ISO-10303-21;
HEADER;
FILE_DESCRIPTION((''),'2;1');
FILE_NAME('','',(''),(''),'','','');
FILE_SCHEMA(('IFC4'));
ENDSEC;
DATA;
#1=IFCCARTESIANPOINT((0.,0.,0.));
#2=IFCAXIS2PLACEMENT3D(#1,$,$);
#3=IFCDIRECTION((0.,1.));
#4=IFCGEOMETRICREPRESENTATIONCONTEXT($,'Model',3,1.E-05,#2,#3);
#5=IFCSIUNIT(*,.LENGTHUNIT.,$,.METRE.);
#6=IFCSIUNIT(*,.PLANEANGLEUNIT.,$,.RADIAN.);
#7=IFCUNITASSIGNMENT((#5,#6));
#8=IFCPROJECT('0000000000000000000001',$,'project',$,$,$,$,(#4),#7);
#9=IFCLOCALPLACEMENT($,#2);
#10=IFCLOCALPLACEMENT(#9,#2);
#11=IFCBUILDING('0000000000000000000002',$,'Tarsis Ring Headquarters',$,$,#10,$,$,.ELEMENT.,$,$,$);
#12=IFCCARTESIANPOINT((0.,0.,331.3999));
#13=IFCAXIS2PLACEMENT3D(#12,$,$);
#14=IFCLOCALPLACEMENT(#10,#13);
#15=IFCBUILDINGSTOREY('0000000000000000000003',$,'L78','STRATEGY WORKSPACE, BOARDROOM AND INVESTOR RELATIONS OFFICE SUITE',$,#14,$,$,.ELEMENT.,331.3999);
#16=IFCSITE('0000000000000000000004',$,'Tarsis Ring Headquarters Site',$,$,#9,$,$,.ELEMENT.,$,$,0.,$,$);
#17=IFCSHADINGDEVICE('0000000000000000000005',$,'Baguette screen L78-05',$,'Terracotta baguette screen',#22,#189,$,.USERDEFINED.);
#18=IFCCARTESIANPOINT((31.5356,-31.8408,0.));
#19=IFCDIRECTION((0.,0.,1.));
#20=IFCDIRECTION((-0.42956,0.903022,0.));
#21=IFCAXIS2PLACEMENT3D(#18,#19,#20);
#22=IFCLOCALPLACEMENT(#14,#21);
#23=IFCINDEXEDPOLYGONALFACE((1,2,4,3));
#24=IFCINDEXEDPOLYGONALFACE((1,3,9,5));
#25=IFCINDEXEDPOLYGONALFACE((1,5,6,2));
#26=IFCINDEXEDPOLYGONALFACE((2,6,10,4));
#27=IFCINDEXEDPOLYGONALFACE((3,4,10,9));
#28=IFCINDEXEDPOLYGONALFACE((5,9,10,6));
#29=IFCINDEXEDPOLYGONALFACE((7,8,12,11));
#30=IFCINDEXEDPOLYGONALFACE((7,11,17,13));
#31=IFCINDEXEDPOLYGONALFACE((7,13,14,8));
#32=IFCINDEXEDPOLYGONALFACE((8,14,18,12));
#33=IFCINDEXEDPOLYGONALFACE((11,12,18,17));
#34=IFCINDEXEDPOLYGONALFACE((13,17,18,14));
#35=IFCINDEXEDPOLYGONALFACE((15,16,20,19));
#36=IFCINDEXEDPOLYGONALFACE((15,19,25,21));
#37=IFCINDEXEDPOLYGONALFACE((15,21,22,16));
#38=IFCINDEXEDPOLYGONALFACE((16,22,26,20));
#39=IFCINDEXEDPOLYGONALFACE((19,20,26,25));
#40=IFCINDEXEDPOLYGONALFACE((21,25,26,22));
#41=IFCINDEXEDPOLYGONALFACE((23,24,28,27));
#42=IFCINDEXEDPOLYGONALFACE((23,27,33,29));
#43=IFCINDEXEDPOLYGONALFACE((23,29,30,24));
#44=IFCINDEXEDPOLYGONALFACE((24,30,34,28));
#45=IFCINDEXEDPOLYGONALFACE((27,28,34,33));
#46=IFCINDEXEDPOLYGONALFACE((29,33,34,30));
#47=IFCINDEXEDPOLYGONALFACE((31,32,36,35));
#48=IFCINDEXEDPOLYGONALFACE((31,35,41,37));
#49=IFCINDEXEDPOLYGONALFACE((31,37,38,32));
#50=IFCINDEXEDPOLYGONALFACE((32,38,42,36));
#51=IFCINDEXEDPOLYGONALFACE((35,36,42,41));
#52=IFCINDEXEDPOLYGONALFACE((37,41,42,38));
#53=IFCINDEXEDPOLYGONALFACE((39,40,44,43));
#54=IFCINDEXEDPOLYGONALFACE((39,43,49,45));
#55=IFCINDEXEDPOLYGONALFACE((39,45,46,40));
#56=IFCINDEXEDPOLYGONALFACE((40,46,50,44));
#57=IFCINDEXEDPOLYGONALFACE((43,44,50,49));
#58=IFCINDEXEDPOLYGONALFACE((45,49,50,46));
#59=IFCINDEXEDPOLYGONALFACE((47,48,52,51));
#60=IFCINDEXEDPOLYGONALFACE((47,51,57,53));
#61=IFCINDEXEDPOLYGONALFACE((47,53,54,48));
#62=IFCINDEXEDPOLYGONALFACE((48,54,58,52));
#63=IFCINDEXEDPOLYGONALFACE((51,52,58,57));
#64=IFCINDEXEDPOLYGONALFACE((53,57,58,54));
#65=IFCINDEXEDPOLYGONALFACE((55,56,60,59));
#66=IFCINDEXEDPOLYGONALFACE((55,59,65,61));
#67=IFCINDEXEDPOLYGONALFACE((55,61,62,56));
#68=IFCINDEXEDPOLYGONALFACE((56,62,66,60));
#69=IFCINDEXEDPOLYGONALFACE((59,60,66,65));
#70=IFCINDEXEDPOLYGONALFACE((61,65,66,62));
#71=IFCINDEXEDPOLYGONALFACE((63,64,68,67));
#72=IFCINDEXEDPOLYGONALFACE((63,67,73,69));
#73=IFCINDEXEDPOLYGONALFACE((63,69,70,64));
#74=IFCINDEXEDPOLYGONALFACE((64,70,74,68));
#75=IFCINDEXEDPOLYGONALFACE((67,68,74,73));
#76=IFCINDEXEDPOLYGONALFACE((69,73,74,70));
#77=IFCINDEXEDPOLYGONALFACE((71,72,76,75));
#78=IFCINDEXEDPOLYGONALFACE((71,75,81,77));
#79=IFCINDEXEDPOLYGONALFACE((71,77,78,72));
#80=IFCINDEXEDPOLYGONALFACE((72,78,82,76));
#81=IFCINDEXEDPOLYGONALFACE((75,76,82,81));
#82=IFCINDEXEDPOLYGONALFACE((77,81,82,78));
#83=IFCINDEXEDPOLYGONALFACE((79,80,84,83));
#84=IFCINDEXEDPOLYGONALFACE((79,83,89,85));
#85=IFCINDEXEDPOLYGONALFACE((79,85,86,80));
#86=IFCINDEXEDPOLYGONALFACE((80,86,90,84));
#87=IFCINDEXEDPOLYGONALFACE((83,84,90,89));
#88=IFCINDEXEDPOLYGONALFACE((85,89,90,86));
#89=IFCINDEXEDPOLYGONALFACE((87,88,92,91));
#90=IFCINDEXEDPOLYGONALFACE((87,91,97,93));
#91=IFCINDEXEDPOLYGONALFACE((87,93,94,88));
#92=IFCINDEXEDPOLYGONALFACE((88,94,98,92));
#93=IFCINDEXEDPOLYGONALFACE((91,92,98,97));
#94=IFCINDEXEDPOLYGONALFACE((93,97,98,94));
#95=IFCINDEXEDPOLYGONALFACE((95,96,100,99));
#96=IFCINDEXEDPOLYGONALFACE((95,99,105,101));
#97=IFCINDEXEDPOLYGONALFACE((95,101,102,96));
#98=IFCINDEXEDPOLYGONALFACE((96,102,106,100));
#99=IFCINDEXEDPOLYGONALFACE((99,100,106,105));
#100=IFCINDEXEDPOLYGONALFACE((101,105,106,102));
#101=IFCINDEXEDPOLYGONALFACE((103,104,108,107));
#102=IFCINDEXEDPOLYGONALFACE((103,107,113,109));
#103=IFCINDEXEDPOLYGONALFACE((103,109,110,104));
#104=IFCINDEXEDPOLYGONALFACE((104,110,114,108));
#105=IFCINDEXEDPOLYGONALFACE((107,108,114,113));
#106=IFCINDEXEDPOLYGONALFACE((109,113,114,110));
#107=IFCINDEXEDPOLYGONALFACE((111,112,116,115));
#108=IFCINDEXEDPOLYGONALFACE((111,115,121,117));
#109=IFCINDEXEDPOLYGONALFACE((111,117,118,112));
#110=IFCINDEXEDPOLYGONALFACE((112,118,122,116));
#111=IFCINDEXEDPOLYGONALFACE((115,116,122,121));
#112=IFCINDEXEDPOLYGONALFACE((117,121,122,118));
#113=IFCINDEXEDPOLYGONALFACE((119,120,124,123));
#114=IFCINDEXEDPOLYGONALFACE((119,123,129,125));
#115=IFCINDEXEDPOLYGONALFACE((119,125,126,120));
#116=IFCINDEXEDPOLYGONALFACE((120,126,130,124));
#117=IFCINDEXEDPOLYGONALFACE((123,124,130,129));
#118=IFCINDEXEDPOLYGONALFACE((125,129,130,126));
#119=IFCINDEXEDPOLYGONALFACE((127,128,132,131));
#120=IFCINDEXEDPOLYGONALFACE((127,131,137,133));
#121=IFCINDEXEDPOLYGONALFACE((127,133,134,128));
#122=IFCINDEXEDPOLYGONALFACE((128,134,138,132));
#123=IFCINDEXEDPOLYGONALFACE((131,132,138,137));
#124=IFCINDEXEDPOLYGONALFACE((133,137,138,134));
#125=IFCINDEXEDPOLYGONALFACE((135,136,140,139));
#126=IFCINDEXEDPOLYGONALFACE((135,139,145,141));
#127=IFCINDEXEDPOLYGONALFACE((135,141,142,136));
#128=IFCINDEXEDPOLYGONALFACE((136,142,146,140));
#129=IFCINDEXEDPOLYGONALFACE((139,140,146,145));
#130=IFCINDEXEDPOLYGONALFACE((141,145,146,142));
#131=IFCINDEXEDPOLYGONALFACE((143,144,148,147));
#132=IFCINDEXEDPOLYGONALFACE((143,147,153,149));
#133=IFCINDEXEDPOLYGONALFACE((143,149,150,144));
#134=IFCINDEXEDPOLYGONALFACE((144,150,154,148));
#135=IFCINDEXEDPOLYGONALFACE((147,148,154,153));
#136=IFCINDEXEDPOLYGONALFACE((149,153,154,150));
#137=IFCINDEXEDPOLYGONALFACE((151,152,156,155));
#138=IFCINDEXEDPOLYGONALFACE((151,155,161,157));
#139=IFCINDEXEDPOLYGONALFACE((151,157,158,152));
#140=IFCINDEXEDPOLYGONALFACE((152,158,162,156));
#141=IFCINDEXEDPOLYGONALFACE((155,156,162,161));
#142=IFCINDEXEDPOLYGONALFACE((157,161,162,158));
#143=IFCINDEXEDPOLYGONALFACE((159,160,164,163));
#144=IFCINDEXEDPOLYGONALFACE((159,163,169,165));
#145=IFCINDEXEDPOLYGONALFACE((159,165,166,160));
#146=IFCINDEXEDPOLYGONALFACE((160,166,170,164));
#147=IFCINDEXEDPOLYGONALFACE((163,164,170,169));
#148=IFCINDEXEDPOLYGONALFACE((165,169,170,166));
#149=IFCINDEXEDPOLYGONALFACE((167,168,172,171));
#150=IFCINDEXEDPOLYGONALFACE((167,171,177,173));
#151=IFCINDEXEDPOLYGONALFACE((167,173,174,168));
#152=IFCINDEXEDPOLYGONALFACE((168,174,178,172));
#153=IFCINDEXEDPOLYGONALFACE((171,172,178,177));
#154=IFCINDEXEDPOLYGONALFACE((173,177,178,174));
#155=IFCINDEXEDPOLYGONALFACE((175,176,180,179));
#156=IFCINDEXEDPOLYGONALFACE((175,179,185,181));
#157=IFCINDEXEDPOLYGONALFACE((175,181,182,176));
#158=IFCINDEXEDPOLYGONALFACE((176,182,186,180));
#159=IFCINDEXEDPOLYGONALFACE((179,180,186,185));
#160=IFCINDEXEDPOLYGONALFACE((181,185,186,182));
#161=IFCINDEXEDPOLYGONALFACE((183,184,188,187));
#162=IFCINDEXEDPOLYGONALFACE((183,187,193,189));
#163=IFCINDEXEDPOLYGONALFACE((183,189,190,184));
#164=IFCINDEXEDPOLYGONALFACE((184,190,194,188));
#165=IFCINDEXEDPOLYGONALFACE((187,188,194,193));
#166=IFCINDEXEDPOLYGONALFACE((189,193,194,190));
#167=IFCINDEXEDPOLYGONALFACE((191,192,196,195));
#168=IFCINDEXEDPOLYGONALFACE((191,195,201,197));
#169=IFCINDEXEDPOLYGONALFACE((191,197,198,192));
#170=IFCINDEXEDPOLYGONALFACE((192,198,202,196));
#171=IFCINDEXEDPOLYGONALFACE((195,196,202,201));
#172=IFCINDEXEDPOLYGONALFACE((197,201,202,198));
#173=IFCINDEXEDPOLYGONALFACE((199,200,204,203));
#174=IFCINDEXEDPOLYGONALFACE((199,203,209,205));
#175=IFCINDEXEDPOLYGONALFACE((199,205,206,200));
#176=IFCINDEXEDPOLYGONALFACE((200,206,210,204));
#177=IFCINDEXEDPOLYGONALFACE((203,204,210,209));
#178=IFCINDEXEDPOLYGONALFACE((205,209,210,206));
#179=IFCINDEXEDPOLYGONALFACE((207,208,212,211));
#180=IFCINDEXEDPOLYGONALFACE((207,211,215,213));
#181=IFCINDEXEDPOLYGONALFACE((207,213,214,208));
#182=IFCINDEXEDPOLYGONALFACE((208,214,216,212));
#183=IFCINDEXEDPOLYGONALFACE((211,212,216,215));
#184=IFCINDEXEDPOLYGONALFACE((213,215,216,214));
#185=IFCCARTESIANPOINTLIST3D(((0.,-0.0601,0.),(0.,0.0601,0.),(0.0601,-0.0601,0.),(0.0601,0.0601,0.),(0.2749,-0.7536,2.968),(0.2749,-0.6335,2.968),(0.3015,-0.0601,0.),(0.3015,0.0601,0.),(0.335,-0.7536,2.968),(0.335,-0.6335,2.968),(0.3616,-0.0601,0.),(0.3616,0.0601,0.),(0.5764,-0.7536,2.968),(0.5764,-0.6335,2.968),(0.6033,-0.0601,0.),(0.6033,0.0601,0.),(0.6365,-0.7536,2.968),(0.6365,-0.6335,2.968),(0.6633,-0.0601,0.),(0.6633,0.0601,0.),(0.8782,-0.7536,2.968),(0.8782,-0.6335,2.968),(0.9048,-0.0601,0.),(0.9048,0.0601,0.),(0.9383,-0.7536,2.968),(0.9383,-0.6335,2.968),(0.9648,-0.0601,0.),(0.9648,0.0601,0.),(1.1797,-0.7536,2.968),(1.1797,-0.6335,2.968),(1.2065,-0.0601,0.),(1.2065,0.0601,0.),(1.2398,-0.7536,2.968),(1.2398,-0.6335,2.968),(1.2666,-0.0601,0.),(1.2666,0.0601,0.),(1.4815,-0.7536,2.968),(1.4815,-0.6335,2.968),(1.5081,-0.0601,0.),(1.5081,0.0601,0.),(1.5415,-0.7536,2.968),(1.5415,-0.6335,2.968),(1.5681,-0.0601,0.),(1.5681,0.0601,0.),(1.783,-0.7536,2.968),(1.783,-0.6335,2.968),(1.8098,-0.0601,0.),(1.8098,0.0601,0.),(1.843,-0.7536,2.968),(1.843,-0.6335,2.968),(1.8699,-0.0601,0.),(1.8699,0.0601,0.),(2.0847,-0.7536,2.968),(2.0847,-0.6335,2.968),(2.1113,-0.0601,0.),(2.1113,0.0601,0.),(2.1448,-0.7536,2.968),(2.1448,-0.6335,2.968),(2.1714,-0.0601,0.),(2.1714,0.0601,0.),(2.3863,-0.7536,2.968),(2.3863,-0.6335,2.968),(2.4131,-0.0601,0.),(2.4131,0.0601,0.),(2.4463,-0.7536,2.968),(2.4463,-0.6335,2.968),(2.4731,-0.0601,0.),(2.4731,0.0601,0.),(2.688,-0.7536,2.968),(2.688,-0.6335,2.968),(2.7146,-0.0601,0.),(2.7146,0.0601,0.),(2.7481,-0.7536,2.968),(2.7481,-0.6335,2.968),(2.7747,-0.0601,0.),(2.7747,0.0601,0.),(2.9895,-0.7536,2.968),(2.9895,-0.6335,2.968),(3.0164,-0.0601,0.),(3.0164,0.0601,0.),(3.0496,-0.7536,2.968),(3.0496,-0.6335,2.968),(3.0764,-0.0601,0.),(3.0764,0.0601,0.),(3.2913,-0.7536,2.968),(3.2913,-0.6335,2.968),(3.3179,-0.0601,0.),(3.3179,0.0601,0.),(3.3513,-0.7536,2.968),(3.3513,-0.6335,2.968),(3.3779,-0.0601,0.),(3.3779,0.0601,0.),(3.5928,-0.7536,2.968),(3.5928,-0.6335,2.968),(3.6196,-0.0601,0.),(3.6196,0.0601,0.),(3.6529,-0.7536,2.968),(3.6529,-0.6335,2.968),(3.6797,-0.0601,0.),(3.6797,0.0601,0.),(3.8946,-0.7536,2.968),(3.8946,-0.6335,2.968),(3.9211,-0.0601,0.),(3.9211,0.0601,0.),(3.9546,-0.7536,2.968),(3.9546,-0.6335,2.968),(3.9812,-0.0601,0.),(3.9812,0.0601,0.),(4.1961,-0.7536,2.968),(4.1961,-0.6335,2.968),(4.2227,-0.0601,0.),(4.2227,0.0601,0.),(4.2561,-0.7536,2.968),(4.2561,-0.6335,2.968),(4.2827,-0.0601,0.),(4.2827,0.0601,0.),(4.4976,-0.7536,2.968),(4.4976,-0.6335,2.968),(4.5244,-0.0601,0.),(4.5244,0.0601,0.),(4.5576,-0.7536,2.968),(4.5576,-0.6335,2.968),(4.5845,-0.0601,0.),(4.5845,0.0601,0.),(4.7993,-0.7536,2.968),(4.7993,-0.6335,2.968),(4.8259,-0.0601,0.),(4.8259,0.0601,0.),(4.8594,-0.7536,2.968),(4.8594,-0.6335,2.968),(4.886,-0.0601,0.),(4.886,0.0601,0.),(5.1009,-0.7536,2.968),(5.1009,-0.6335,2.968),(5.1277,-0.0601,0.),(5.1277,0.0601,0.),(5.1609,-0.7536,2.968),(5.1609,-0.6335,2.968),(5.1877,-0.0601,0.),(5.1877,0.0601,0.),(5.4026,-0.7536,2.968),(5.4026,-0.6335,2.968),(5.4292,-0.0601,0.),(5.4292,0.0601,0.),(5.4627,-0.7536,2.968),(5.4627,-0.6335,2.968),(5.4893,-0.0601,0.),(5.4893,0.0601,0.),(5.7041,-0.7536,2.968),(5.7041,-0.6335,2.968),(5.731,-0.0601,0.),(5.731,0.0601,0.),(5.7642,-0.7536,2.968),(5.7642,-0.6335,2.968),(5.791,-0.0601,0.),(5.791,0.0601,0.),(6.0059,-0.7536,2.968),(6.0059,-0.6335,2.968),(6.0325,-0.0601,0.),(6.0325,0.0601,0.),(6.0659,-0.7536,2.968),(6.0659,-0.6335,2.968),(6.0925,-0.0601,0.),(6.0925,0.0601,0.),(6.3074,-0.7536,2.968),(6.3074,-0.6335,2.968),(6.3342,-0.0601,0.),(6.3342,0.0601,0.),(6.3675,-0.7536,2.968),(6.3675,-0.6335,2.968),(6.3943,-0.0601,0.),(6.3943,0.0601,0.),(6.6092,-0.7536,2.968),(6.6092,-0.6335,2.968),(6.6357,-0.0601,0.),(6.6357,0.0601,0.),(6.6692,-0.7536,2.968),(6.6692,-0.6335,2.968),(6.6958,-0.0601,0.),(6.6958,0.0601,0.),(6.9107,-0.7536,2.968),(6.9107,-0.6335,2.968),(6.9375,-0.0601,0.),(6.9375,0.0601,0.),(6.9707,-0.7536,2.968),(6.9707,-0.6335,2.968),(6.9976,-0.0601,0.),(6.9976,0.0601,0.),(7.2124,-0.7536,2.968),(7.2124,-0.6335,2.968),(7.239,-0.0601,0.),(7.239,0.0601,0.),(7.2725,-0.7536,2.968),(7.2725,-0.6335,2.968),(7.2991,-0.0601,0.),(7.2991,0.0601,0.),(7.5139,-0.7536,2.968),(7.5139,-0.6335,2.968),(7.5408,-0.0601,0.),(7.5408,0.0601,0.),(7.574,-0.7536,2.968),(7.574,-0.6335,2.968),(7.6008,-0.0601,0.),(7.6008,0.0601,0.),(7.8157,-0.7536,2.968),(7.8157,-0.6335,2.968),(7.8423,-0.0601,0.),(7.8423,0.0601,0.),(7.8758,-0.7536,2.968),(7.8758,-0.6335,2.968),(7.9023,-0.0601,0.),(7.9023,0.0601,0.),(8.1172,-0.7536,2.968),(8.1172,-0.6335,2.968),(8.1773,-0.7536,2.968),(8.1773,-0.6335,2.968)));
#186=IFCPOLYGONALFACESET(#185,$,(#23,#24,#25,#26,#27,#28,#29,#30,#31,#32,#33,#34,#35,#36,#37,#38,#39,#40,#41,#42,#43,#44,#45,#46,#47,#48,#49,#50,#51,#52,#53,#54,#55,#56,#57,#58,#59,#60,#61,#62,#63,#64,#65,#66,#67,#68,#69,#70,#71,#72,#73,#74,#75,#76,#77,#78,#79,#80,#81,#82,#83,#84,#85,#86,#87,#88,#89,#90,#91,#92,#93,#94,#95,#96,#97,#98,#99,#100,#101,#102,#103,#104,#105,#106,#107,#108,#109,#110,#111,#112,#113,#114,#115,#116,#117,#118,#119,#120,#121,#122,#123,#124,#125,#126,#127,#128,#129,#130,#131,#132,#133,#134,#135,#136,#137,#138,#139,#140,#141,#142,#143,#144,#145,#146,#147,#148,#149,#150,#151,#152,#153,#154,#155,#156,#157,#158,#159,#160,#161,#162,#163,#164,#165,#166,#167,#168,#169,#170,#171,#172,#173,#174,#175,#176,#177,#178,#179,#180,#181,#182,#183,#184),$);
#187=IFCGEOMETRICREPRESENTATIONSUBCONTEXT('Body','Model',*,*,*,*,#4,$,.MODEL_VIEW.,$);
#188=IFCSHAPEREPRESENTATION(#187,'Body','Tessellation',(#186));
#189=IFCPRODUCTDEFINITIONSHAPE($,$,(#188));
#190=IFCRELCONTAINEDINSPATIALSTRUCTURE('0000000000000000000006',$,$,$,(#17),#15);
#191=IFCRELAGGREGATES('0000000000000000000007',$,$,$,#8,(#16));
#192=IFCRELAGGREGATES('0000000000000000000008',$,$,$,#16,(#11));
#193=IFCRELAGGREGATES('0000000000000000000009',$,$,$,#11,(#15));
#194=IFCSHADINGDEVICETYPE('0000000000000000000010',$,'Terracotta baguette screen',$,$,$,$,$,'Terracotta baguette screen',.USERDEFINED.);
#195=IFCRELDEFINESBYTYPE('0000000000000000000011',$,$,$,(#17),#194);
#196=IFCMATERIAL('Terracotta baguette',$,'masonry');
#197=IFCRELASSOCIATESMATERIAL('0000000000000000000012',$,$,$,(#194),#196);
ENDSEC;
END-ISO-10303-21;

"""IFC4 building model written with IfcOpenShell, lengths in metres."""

from ifc_helpers import new_model, si_unit, direction, frame, frame_2d, origin, place, context, subcontext, project, spatial, rectangle, composite_profile, extrude, material, type_object, element, save


model = new_model("IFC4")

# Units and contexts
model_context = context("Model", 3, precision=1e-05, world=origin(), true_north=direction((0.0, 1.0)))
body_context = subcontext(model_context, "Body", "Model", "MODEL_VIEW")
ifc_project = project(units=[si_unit("LENGTHUNIT", "METRE"), si_unit("PLANEANGLEUNIT", "RADIAN")], contexts=[model_context])

# Site, building, storey
site_placement = place(None, origin())
site = spatial("IfcSite", under=ifc_project, at=site_placement, Name="Tarsis Ring Headquarters Site", CompositionType="ELEMENT", RefElevation=0.0)
building_placement = place(site_placement, origin())
building = spatial("IfcBuilding", under=site, at=building_placement, Name="Tarsis Ring Headquarters", CompositionType="ELEMENT")
storey_placement = place(building_placement, frame((0.0, 0.0, 331.3999)))
storey = spatial("IfcBuildingStorey", under=building, at=storey_placement, Name="L78", Description="STRATEGY WORKSPACE, BOARDROOM AND INVESTOR RELATIONS OFFICE SUITE", CompositionType="ELEMENT", Elevation=331.3999)

# Shading device
ifc_material_1 = material(Name="Terracotta baguette", Category="masonry")
shading_device_type_1 = type_object("IfcShadingDeviceType", Name="Terracotta baguette screen", ElementType="Terracotta baguette screen", PredefinedType="USERDEFINED", material=ifc_material_1)
shading_device_1_placement = place(storey_placement, frame((31.5356, -31.8408, 0.0), z_axis=(0.0, 0.0, 1.0), x_axis=(-0.42956, 0.903022, 0.0)))
element("IfcShadingDevice", 1, at=shading_device_1_placement, inside=storey, type_object=shading_device_type_1, Name="Baguette screen L78-05", ObjectType="Terracotta baguette screen", PredefinedType="USERDEFINED", context=body_context, shape_type="SweptSolid", body=[
    extrude(composite_profile([rectangle(XDim=0.0601, YDim=0.1201, at=frame_2d((0.03, 0.0))), rectangle(XDim=0.0601, YDim=0.1201, at=frame_2d((0.3315, 0.0))), rectangle(XDim=0.0601, YDim=0.1201, at=frame_2d((0.6333, 0.0))), rectangle(XDim=0.0601, YDim=0.1201, at=frame_2d((0.9348, 0.0))), rectangle(XDim=0.0601, YDim=0.1201, at=frame_2d((1.2366, 0.0))), rectangle(XDim=0.0601, YDim=0.1201, at=frame_2d((1.5381, 0.0))), rectangle(XDim=0.0601, YDim=0.1201, at=frame_2d((1.8398, 0.0))), rectangle(XDim=0.0601, YDim=0.1201, at=frame_2d((2.1414, 0.0))), rectangle(XDim=0.0601, YDim=0.1201, at=frame_2d((2.4431, 0.0))), rectangle(XDim=0.0601, YDim=0.1201, at=frame_2d((2.7446, 0.0))), rectangle(XDim=0.0601, YDim=0.1201, at=frame_2d((3.0464, 0.0))), rectangle(XDim=0.0601, YDim=0.1201, at=frame_2d((3.3479, 0.0))), rectangle(XDim=0.0601, YDim=0.1201, at=frame_2d((3.6497, 0.0))), rectangle(XDim=0.0601, YDim=0.1201, at=frame_2d((3.9512, 0.0))), rectangle(XDim=0.0601, YDim=0.1201, at=frame_2d((4.2527, 0.0))), rectangle(XDim=0.0601, YDim=0.1201, at=frame_2d((4.5544, 0.0))), rectangle(XDim=0.0601, YDim=0.1201, at=frame_2d((4.856, 0.0))), rectangle(XDim=0.0601, YDim=0.1201, at=frame_2d((5.1577, 0.0))), rectangle(XDim=0.0601, YDim=0.1201, at=frame_2d((5.4592, 0.0))), rectangle(XDim=0.0601, YDim=0.1201, at=frame_2d((5.761, 0.0))), rectangle(XDim=0.0601, YDim=0.1201, at=frame_2d((6.0625, 0.0))), rectangle(XDim=0.0601, YDim=0.1201, at=frame_2d((6.3643, 0.0))), rectangle(XDim=0.0601, YDim=0.1201, at=frame_2d((6.6658, 0.0))), rectangle(XDim=0.0601, YDim=0.1201, at=frame_2d((6.9675, 0.0))), rectangle(XDim=0.0601, YDim=0.1201, at=frame_2d((7.269, 0.0))), rectangle(XDim=0.0601, YDim=0.1201, at=frame_2d((7.5708, 0.0))), rectangle(XDim=0.0601, YDim=0.1201, at=frame_2d((7.8723, 0.0)))]), origin(), (0.089838, -0.22664, 0.969826), 3.0603),
])

save(model, "model.ifc")
